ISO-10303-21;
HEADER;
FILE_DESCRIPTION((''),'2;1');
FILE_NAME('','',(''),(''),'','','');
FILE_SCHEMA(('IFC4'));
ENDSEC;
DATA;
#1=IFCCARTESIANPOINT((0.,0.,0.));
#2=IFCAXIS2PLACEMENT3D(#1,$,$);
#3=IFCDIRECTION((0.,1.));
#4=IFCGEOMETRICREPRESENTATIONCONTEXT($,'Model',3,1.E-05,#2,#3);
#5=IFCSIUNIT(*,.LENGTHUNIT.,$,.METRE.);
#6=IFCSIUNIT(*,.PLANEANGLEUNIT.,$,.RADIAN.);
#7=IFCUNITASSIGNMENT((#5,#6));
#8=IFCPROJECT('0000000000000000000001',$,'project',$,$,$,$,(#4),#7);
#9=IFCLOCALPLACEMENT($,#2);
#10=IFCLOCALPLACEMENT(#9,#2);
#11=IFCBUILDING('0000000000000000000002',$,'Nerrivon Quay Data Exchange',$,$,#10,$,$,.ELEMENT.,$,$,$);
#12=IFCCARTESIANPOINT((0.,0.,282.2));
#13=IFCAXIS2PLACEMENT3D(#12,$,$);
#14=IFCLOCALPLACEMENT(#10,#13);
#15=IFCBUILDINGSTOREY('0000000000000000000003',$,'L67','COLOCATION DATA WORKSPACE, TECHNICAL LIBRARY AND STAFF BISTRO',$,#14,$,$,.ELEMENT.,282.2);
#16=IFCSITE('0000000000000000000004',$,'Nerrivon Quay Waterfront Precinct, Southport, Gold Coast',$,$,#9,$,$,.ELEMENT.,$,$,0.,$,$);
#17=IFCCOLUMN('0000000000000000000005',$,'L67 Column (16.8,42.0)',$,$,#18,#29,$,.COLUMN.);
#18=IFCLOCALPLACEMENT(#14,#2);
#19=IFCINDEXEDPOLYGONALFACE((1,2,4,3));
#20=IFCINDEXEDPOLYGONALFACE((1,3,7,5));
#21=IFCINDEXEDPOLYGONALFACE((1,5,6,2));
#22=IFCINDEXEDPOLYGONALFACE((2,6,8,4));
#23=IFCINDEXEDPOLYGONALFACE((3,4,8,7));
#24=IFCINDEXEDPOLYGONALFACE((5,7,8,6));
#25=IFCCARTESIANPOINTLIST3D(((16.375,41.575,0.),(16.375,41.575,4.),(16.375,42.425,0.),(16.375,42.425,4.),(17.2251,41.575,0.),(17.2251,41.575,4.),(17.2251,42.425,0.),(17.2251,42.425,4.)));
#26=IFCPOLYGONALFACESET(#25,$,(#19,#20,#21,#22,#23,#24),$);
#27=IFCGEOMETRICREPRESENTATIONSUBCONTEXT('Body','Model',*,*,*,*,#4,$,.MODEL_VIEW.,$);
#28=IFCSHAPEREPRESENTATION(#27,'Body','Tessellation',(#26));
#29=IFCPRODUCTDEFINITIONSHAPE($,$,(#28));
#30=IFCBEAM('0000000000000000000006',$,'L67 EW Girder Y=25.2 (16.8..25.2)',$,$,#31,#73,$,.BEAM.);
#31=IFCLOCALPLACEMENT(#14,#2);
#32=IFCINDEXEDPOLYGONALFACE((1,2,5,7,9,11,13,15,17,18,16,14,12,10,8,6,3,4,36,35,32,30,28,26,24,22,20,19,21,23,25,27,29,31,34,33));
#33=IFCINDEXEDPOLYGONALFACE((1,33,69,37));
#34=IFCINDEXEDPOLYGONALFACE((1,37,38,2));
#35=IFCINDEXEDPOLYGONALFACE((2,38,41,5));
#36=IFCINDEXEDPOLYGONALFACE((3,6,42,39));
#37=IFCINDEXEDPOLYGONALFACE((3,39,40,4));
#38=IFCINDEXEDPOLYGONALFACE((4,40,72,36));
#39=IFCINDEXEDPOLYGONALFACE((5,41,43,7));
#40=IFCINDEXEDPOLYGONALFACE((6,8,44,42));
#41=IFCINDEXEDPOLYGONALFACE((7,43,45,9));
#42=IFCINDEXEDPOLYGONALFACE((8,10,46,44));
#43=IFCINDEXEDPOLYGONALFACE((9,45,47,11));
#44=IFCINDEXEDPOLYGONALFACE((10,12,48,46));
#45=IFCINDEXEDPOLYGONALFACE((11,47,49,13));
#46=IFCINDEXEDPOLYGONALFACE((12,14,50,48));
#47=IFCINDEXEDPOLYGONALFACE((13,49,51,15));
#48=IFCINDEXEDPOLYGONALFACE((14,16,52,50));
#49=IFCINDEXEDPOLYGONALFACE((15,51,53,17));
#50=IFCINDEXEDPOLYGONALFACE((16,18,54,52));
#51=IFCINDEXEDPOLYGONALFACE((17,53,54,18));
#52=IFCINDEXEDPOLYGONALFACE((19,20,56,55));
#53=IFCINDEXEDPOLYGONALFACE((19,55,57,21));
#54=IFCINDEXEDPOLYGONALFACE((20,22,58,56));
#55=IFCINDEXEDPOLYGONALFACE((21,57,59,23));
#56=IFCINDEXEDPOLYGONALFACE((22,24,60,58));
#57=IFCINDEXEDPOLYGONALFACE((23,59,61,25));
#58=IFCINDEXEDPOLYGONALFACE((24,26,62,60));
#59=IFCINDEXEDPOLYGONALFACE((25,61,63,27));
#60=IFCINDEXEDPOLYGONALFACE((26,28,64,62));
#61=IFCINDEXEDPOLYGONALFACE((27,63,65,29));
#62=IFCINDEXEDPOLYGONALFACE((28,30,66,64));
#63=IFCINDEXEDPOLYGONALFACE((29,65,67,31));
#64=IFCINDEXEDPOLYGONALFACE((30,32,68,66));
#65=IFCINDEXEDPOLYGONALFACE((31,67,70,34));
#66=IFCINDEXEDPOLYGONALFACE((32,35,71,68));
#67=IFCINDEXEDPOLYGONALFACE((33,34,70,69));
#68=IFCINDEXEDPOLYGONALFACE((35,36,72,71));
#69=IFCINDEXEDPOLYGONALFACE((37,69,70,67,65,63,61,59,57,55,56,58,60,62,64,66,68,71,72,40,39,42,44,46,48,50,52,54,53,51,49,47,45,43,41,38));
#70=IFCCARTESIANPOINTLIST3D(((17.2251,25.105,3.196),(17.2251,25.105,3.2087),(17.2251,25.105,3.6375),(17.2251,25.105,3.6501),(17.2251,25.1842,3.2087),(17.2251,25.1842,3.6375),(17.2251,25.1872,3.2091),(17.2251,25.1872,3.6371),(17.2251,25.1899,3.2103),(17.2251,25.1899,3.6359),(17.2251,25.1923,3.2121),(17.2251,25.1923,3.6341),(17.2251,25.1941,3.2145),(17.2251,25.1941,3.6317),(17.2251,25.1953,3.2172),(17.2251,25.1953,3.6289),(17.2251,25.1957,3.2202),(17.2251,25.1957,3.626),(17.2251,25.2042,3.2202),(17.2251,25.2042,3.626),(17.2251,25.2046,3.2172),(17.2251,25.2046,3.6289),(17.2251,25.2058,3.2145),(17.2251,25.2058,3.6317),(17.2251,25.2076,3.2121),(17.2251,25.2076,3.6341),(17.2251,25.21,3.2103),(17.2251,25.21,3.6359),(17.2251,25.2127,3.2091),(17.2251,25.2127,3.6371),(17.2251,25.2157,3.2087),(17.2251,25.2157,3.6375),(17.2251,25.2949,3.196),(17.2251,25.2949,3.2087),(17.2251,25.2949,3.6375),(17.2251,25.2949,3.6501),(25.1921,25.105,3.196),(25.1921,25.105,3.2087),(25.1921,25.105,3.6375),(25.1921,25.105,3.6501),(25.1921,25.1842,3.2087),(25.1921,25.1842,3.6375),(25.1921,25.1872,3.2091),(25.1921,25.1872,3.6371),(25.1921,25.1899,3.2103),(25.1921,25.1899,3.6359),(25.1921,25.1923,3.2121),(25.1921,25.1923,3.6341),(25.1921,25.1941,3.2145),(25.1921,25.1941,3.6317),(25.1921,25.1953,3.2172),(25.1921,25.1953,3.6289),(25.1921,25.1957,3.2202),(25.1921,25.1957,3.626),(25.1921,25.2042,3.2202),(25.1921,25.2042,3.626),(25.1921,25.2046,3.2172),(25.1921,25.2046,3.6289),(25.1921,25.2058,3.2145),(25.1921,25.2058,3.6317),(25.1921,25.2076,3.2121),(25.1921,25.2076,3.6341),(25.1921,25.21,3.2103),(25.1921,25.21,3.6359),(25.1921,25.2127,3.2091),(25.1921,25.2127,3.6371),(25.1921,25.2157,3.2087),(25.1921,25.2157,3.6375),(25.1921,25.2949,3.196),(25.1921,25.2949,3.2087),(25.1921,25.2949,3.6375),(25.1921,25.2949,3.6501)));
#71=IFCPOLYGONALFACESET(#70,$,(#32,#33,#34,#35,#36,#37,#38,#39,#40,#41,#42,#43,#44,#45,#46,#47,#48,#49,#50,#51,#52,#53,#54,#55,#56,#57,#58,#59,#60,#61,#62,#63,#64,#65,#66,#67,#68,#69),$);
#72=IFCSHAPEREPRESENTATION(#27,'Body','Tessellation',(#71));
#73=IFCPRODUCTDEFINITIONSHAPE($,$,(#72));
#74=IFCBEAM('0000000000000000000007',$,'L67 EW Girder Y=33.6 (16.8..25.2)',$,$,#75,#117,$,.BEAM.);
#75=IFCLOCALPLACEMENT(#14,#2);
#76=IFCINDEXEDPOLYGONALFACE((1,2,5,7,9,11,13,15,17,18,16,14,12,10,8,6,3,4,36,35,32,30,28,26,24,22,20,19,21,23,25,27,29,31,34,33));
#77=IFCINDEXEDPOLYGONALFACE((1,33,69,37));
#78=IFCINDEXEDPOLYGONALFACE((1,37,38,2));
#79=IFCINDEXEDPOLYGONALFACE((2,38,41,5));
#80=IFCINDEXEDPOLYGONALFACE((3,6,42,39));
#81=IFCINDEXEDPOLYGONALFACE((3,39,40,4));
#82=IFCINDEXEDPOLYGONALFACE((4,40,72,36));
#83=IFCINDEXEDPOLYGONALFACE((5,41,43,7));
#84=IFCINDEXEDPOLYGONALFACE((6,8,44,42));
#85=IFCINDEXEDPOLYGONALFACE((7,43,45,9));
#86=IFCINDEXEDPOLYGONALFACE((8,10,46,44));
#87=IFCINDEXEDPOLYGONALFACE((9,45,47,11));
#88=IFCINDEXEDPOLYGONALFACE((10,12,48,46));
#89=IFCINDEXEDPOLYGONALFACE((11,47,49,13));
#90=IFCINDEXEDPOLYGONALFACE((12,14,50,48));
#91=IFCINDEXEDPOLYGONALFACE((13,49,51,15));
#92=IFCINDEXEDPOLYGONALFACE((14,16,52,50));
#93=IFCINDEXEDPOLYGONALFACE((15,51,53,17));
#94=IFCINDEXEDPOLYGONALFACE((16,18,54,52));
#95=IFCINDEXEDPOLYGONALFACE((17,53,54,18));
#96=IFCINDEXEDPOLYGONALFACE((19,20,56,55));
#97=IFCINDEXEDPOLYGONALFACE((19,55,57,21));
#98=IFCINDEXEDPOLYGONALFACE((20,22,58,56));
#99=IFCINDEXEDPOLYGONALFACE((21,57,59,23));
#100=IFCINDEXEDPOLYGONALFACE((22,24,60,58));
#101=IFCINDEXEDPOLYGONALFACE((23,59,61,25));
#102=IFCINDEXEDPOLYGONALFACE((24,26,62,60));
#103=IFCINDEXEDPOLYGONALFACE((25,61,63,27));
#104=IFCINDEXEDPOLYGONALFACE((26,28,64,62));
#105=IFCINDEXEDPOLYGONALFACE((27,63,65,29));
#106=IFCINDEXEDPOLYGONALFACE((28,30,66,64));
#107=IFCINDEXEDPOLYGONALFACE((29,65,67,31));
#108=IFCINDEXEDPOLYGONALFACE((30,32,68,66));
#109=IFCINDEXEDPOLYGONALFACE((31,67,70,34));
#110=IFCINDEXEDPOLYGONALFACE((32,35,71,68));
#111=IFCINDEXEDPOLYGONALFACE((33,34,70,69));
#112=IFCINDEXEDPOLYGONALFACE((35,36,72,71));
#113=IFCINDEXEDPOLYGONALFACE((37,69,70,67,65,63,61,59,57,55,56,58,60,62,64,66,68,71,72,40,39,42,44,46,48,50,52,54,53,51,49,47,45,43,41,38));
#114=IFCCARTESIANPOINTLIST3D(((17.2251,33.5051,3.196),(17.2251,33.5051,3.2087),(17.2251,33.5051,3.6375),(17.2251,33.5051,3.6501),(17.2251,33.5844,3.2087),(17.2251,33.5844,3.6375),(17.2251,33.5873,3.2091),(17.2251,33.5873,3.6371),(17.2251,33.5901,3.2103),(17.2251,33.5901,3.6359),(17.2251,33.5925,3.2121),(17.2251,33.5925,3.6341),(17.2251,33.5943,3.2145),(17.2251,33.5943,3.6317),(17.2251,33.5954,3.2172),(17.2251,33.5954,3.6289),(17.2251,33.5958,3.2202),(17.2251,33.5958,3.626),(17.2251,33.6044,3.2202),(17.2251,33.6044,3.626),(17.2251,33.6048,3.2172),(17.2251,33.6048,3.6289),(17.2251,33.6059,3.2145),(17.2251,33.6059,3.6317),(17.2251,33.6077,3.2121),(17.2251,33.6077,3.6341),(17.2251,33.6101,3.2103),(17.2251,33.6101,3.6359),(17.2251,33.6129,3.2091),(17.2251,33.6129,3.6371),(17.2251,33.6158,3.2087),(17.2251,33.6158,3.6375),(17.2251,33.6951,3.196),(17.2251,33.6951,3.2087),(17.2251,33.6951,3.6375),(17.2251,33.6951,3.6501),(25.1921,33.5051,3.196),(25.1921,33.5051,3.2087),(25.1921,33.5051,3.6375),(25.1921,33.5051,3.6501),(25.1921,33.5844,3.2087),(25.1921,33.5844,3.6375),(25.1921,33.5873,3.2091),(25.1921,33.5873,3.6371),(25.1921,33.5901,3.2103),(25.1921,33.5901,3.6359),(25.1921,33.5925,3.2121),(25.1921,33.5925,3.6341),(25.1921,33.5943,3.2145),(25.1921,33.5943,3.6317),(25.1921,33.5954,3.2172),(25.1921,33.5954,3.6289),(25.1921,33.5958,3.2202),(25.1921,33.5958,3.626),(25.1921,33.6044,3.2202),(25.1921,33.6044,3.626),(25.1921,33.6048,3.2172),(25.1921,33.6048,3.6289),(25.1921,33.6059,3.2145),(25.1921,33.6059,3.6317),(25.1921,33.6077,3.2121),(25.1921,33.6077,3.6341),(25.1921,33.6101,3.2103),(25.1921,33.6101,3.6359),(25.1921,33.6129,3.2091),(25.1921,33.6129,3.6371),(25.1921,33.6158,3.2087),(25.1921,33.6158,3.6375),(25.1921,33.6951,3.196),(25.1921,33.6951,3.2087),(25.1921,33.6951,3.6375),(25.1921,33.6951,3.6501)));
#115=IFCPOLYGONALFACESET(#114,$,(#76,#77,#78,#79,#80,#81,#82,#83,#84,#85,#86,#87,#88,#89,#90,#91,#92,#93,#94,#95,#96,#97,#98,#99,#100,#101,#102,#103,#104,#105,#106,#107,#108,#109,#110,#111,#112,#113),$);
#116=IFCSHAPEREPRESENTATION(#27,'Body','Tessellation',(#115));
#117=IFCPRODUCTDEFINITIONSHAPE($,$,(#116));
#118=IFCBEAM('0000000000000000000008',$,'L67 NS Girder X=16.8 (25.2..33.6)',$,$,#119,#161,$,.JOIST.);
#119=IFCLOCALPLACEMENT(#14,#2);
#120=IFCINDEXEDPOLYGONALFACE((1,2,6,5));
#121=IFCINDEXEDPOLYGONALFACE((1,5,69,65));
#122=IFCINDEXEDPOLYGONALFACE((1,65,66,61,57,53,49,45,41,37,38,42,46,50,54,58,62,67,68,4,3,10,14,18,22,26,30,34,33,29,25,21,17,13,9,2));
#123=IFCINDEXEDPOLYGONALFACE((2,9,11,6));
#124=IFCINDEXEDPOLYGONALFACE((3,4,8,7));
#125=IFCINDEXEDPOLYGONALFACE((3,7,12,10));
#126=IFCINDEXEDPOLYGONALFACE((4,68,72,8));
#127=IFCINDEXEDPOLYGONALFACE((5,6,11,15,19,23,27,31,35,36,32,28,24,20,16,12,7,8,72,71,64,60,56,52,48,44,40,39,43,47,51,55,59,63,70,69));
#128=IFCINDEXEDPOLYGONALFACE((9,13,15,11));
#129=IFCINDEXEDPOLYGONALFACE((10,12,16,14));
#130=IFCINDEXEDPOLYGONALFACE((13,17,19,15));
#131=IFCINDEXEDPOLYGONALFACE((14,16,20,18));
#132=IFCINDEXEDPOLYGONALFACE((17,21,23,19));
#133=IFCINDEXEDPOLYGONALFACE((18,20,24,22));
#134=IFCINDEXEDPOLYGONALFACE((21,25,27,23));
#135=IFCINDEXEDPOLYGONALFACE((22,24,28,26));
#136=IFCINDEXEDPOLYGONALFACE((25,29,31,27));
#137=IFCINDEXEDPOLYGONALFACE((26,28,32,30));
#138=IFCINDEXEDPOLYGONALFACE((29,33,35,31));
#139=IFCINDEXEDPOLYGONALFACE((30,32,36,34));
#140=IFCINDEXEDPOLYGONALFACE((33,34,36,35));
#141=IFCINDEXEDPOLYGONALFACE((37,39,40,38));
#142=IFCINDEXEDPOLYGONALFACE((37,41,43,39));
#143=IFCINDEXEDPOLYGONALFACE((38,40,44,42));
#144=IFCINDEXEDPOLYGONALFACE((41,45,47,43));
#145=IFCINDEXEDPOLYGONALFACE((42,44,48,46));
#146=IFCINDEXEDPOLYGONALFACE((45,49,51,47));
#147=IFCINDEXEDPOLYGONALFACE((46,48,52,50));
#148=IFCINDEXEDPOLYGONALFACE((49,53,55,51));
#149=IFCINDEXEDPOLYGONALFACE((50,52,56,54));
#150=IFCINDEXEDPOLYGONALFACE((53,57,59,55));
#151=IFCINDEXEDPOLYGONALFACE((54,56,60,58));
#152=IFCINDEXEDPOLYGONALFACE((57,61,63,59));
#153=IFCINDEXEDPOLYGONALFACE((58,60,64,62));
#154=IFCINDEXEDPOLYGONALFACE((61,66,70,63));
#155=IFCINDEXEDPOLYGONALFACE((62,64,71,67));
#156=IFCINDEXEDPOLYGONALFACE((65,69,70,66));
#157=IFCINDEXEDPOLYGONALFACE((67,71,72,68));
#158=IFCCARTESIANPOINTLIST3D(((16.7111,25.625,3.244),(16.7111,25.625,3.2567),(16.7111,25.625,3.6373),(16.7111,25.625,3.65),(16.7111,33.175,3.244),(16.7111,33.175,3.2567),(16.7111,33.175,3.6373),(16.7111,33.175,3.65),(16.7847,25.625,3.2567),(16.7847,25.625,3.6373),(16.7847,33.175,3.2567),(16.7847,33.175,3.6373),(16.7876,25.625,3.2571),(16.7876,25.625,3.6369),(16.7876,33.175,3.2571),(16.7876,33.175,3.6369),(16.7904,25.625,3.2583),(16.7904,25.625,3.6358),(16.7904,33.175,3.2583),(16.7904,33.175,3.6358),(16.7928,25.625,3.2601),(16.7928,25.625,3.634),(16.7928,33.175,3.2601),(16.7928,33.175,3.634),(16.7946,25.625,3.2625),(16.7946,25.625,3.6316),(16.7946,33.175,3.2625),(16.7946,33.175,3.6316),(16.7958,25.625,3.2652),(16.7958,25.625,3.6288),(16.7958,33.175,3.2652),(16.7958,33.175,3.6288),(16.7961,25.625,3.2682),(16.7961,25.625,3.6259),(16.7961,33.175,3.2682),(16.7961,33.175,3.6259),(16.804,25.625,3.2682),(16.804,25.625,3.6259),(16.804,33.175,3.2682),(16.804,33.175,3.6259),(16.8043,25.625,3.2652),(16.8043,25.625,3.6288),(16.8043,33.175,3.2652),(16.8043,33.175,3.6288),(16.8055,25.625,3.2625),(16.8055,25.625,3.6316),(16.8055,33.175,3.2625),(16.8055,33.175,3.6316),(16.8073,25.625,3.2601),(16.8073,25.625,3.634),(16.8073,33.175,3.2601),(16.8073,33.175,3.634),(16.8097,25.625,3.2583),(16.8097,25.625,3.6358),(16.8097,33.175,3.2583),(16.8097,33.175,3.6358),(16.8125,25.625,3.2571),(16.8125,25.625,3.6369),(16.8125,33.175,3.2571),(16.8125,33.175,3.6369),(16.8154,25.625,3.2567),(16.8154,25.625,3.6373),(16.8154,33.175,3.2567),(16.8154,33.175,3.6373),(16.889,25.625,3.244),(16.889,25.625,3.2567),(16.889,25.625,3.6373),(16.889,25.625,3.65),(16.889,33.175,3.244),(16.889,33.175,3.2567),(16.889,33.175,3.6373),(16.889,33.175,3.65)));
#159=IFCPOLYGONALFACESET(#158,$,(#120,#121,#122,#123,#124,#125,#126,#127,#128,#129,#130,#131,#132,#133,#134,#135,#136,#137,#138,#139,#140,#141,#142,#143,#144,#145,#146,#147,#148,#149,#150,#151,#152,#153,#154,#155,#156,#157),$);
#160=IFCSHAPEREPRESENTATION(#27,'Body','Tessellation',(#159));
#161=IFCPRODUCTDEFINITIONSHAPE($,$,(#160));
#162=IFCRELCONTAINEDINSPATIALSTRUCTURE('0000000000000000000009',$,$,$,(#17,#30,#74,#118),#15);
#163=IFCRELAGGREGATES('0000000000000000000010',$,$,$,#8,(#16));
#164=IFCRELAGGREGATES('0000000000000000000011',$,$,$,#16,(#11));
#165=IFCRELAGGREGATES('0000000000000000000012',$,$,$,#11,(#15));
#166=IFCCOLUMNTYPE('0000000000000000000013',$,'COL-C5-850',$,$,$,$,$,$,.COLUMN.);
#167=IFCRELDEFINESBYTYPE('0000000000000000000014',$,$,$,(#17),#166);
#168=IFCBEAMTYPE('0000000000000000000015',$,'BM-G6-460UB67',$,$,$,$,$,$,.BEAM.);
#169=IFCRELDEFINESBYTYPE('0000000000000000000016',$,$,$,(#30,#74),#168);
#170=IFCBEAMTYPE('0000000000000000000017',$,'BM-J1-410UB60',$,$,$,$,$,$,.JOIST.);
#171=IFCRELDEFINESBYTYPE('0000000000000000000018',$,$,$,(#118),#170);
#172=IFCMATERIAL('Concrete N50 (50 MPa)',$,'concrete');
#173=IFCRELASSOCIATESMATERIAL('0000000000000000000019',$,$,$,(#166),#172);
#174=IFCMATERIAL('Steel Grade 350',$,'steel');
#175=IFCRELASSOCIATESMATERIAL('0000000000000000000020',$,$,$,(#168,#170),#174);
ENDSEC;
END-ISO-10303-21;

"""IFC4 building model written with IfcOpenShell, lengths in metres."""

from ifc_helpers import new_model, si_unit, direction, frame, origin, origin_2d, place, context, subcontext, project, spatial, rectangle, i_section, extrude, material, material_profile, profile_set, type_object, element, save


model = new_model("IFC4")

# Units and contexts
model_context = context("Model", 3, precision=1e-05, world=origin(), true_north=direction((0.0, 1.0)))
body_context = subcontext(model_context, "Body", "Model", "MODEL_VIEW")
ifc_project = project(units=[si_unit("LENGTHUNIT", "METRE"), si_unit("PLANEANGLEUNIT", "RADIAN")], contexts=[model_context])

# Site, building, storey
site_placement = place(None, origin())
site = spatial("IfcSite", under=ifc_project, at=site_placement, Name="Nerrivon Quay Waterfront Precinct, Southport, Gold Coast", CompositionType="ELEMENT", RefElevation=0.0)
building_placement = place(site_placement, origin())
building = spatial("IfcBuilding", under=site, at=building_placement, Name="Nerrivon Quay Data Exchange", CompositionType="ELEMENT")
storey_placement = place(building_placement, frame((0.0, 0.0, 282.2)))
storey = spatial("IfcBuildingStorey", under=building, at=storey_placement, Name="L67", Description="COLOCATION DATA WORKSPACE, TECHNICAL LIBRARY AND STAFF BISTRO", CompositionType="ELEMENT", Elevation=282.2)

# Column
ifc_material_1 = material(Name="Concrete N50 (50 MPa)", Category="concrete")
ifc_material_profile_1 = material_profile(ifc_material_1, rectangle(XDim=0.8501, YDim=0.8501, at=origin_2d()), Name="RC-COL-850x850")
ifc_profile_set_1 = profile_set([ifc_material_profile_1], Name="Concrete N50 (50 MPa)")
column_type = type_object("IfcColumnType", Name="COL-C5-850", PredefinedType="COLUMN", material=ifc_profile_set_1)
column_placement = place(storey_placement, frame((16.8, 42.0, 0.0), z_axis=(0.0, 0.0, 1.0), x_axis=(1.0, 0.0, 0.0)))
element("IfcColumn", 1, at=column_placement, inside=storey, type_object=column_type, Name="L67 Column (16.8,42.0)", PredefinedType="COLUMN", context=body_context, shape_type="SweptSolid", body=[
    extrude(rectangle(XDim=0.8501, YDim=0.8501, at=origin_2d()), origin(), (0.0, 0.0, 1.0), 4.0),
])

# Beams
ifc_material_2 = material(Name="Steel Grade 350", Category="steel")
ifc_material_profile_2 = material_profile(ifc_material_2, i_section(OverallWidth=0.1899, OverallDepth=0.4541, WebThickness=0.0085, FlangeThickness=0.0127, FilletRadius=0.0115, at=origin_2d()), Name="460UB67.1")
ifc_profile_set_2 = profile_set([ifc_material_profile_2], Name="Steel Grade 350")
beam_type_1 = type_object("IfcBeamType", Name="BM-G6-460UB67", PredefinedType="BEAM", material=ifc_profile_set_2)
for number, where, z_axis, x_axis, name in (
    (2, (17.2251, 25.2, 3.4231), (1.0, 0.0, 0.0), (0.0, 1.0, 0.0), "L67 EW Girder Y=25.2 (16.8..25.2)"),
    (3, (17.2251, 33.6001, 3.4231), (1.0, 0.0, 0.0), (0.0, 1.0, 0.0), "L67 EW Girder Y=33.6 (16.8..25.2)"),
):
    element("IfcBeam", number, at=place(storey_placement, frame(where, z_axis=z_axis, x_axis=x_axis)), inside=storey, type_object=beam_type_1, Name=name, PredefinedType="BEAM", context=body_context, shape_type="SweptSolid", body=[
        extrude(i_section(OverallWidth=0.1899, OverallDepth=0.4541, WebThickness=0.0085, FlangeThickness=0.0127, FilletRadius=0.0115, at=origin_2d()), origin(), (0.0, 0.0, 1.0), 7.967),
    ])
ifc_material_profile_3 = material_profile(ifc_material_2, i_section(OverallWidth=0.178, OverallDepth=0.406, WebThickness=0.0078, FlangeThickness=0.0127, FilletRadius=0.0115, at=origin_2d()), Name="410UB59.7")
ifc_profile_set_3 = profile_set([ifc_material_profile_3], Name="Steel Grade 350")
beam_type_2 = type_object("IfcBeamType", Name="BM-J1-410UB60", PredefinedType="JOIST", material=ifc_profile_set_3)
for number, where, z_axis, x_axis, name in (
    (4, (16.8, 25.625, 3.447), (0.0, 1.0, 0.0), (-1.0, 0.0, 0.0), "L67 NS Girder X=16.8 (25.2..33.6)"),
):
    element("IfcBeam", number, at=place(storey_placement, frame(where, z_axis=z_axis, x_axis=x_axis)), inside=storey, type_object=beam_type_2, Name=name, PredefinedType="JOIST", context=body_context, shape_type="SweptSolid", body=[
        extrude(i_section(OverallWidth=0.178, OverallDepth=0.406, WebThickness=0.0078, FlangeThickness=0.0127, FilletRadius=0.0115, at=origin_2d()), origin(), (0.0, 0.0, 1.0), 7.55),
    ])

save(model, "model.ifc")
